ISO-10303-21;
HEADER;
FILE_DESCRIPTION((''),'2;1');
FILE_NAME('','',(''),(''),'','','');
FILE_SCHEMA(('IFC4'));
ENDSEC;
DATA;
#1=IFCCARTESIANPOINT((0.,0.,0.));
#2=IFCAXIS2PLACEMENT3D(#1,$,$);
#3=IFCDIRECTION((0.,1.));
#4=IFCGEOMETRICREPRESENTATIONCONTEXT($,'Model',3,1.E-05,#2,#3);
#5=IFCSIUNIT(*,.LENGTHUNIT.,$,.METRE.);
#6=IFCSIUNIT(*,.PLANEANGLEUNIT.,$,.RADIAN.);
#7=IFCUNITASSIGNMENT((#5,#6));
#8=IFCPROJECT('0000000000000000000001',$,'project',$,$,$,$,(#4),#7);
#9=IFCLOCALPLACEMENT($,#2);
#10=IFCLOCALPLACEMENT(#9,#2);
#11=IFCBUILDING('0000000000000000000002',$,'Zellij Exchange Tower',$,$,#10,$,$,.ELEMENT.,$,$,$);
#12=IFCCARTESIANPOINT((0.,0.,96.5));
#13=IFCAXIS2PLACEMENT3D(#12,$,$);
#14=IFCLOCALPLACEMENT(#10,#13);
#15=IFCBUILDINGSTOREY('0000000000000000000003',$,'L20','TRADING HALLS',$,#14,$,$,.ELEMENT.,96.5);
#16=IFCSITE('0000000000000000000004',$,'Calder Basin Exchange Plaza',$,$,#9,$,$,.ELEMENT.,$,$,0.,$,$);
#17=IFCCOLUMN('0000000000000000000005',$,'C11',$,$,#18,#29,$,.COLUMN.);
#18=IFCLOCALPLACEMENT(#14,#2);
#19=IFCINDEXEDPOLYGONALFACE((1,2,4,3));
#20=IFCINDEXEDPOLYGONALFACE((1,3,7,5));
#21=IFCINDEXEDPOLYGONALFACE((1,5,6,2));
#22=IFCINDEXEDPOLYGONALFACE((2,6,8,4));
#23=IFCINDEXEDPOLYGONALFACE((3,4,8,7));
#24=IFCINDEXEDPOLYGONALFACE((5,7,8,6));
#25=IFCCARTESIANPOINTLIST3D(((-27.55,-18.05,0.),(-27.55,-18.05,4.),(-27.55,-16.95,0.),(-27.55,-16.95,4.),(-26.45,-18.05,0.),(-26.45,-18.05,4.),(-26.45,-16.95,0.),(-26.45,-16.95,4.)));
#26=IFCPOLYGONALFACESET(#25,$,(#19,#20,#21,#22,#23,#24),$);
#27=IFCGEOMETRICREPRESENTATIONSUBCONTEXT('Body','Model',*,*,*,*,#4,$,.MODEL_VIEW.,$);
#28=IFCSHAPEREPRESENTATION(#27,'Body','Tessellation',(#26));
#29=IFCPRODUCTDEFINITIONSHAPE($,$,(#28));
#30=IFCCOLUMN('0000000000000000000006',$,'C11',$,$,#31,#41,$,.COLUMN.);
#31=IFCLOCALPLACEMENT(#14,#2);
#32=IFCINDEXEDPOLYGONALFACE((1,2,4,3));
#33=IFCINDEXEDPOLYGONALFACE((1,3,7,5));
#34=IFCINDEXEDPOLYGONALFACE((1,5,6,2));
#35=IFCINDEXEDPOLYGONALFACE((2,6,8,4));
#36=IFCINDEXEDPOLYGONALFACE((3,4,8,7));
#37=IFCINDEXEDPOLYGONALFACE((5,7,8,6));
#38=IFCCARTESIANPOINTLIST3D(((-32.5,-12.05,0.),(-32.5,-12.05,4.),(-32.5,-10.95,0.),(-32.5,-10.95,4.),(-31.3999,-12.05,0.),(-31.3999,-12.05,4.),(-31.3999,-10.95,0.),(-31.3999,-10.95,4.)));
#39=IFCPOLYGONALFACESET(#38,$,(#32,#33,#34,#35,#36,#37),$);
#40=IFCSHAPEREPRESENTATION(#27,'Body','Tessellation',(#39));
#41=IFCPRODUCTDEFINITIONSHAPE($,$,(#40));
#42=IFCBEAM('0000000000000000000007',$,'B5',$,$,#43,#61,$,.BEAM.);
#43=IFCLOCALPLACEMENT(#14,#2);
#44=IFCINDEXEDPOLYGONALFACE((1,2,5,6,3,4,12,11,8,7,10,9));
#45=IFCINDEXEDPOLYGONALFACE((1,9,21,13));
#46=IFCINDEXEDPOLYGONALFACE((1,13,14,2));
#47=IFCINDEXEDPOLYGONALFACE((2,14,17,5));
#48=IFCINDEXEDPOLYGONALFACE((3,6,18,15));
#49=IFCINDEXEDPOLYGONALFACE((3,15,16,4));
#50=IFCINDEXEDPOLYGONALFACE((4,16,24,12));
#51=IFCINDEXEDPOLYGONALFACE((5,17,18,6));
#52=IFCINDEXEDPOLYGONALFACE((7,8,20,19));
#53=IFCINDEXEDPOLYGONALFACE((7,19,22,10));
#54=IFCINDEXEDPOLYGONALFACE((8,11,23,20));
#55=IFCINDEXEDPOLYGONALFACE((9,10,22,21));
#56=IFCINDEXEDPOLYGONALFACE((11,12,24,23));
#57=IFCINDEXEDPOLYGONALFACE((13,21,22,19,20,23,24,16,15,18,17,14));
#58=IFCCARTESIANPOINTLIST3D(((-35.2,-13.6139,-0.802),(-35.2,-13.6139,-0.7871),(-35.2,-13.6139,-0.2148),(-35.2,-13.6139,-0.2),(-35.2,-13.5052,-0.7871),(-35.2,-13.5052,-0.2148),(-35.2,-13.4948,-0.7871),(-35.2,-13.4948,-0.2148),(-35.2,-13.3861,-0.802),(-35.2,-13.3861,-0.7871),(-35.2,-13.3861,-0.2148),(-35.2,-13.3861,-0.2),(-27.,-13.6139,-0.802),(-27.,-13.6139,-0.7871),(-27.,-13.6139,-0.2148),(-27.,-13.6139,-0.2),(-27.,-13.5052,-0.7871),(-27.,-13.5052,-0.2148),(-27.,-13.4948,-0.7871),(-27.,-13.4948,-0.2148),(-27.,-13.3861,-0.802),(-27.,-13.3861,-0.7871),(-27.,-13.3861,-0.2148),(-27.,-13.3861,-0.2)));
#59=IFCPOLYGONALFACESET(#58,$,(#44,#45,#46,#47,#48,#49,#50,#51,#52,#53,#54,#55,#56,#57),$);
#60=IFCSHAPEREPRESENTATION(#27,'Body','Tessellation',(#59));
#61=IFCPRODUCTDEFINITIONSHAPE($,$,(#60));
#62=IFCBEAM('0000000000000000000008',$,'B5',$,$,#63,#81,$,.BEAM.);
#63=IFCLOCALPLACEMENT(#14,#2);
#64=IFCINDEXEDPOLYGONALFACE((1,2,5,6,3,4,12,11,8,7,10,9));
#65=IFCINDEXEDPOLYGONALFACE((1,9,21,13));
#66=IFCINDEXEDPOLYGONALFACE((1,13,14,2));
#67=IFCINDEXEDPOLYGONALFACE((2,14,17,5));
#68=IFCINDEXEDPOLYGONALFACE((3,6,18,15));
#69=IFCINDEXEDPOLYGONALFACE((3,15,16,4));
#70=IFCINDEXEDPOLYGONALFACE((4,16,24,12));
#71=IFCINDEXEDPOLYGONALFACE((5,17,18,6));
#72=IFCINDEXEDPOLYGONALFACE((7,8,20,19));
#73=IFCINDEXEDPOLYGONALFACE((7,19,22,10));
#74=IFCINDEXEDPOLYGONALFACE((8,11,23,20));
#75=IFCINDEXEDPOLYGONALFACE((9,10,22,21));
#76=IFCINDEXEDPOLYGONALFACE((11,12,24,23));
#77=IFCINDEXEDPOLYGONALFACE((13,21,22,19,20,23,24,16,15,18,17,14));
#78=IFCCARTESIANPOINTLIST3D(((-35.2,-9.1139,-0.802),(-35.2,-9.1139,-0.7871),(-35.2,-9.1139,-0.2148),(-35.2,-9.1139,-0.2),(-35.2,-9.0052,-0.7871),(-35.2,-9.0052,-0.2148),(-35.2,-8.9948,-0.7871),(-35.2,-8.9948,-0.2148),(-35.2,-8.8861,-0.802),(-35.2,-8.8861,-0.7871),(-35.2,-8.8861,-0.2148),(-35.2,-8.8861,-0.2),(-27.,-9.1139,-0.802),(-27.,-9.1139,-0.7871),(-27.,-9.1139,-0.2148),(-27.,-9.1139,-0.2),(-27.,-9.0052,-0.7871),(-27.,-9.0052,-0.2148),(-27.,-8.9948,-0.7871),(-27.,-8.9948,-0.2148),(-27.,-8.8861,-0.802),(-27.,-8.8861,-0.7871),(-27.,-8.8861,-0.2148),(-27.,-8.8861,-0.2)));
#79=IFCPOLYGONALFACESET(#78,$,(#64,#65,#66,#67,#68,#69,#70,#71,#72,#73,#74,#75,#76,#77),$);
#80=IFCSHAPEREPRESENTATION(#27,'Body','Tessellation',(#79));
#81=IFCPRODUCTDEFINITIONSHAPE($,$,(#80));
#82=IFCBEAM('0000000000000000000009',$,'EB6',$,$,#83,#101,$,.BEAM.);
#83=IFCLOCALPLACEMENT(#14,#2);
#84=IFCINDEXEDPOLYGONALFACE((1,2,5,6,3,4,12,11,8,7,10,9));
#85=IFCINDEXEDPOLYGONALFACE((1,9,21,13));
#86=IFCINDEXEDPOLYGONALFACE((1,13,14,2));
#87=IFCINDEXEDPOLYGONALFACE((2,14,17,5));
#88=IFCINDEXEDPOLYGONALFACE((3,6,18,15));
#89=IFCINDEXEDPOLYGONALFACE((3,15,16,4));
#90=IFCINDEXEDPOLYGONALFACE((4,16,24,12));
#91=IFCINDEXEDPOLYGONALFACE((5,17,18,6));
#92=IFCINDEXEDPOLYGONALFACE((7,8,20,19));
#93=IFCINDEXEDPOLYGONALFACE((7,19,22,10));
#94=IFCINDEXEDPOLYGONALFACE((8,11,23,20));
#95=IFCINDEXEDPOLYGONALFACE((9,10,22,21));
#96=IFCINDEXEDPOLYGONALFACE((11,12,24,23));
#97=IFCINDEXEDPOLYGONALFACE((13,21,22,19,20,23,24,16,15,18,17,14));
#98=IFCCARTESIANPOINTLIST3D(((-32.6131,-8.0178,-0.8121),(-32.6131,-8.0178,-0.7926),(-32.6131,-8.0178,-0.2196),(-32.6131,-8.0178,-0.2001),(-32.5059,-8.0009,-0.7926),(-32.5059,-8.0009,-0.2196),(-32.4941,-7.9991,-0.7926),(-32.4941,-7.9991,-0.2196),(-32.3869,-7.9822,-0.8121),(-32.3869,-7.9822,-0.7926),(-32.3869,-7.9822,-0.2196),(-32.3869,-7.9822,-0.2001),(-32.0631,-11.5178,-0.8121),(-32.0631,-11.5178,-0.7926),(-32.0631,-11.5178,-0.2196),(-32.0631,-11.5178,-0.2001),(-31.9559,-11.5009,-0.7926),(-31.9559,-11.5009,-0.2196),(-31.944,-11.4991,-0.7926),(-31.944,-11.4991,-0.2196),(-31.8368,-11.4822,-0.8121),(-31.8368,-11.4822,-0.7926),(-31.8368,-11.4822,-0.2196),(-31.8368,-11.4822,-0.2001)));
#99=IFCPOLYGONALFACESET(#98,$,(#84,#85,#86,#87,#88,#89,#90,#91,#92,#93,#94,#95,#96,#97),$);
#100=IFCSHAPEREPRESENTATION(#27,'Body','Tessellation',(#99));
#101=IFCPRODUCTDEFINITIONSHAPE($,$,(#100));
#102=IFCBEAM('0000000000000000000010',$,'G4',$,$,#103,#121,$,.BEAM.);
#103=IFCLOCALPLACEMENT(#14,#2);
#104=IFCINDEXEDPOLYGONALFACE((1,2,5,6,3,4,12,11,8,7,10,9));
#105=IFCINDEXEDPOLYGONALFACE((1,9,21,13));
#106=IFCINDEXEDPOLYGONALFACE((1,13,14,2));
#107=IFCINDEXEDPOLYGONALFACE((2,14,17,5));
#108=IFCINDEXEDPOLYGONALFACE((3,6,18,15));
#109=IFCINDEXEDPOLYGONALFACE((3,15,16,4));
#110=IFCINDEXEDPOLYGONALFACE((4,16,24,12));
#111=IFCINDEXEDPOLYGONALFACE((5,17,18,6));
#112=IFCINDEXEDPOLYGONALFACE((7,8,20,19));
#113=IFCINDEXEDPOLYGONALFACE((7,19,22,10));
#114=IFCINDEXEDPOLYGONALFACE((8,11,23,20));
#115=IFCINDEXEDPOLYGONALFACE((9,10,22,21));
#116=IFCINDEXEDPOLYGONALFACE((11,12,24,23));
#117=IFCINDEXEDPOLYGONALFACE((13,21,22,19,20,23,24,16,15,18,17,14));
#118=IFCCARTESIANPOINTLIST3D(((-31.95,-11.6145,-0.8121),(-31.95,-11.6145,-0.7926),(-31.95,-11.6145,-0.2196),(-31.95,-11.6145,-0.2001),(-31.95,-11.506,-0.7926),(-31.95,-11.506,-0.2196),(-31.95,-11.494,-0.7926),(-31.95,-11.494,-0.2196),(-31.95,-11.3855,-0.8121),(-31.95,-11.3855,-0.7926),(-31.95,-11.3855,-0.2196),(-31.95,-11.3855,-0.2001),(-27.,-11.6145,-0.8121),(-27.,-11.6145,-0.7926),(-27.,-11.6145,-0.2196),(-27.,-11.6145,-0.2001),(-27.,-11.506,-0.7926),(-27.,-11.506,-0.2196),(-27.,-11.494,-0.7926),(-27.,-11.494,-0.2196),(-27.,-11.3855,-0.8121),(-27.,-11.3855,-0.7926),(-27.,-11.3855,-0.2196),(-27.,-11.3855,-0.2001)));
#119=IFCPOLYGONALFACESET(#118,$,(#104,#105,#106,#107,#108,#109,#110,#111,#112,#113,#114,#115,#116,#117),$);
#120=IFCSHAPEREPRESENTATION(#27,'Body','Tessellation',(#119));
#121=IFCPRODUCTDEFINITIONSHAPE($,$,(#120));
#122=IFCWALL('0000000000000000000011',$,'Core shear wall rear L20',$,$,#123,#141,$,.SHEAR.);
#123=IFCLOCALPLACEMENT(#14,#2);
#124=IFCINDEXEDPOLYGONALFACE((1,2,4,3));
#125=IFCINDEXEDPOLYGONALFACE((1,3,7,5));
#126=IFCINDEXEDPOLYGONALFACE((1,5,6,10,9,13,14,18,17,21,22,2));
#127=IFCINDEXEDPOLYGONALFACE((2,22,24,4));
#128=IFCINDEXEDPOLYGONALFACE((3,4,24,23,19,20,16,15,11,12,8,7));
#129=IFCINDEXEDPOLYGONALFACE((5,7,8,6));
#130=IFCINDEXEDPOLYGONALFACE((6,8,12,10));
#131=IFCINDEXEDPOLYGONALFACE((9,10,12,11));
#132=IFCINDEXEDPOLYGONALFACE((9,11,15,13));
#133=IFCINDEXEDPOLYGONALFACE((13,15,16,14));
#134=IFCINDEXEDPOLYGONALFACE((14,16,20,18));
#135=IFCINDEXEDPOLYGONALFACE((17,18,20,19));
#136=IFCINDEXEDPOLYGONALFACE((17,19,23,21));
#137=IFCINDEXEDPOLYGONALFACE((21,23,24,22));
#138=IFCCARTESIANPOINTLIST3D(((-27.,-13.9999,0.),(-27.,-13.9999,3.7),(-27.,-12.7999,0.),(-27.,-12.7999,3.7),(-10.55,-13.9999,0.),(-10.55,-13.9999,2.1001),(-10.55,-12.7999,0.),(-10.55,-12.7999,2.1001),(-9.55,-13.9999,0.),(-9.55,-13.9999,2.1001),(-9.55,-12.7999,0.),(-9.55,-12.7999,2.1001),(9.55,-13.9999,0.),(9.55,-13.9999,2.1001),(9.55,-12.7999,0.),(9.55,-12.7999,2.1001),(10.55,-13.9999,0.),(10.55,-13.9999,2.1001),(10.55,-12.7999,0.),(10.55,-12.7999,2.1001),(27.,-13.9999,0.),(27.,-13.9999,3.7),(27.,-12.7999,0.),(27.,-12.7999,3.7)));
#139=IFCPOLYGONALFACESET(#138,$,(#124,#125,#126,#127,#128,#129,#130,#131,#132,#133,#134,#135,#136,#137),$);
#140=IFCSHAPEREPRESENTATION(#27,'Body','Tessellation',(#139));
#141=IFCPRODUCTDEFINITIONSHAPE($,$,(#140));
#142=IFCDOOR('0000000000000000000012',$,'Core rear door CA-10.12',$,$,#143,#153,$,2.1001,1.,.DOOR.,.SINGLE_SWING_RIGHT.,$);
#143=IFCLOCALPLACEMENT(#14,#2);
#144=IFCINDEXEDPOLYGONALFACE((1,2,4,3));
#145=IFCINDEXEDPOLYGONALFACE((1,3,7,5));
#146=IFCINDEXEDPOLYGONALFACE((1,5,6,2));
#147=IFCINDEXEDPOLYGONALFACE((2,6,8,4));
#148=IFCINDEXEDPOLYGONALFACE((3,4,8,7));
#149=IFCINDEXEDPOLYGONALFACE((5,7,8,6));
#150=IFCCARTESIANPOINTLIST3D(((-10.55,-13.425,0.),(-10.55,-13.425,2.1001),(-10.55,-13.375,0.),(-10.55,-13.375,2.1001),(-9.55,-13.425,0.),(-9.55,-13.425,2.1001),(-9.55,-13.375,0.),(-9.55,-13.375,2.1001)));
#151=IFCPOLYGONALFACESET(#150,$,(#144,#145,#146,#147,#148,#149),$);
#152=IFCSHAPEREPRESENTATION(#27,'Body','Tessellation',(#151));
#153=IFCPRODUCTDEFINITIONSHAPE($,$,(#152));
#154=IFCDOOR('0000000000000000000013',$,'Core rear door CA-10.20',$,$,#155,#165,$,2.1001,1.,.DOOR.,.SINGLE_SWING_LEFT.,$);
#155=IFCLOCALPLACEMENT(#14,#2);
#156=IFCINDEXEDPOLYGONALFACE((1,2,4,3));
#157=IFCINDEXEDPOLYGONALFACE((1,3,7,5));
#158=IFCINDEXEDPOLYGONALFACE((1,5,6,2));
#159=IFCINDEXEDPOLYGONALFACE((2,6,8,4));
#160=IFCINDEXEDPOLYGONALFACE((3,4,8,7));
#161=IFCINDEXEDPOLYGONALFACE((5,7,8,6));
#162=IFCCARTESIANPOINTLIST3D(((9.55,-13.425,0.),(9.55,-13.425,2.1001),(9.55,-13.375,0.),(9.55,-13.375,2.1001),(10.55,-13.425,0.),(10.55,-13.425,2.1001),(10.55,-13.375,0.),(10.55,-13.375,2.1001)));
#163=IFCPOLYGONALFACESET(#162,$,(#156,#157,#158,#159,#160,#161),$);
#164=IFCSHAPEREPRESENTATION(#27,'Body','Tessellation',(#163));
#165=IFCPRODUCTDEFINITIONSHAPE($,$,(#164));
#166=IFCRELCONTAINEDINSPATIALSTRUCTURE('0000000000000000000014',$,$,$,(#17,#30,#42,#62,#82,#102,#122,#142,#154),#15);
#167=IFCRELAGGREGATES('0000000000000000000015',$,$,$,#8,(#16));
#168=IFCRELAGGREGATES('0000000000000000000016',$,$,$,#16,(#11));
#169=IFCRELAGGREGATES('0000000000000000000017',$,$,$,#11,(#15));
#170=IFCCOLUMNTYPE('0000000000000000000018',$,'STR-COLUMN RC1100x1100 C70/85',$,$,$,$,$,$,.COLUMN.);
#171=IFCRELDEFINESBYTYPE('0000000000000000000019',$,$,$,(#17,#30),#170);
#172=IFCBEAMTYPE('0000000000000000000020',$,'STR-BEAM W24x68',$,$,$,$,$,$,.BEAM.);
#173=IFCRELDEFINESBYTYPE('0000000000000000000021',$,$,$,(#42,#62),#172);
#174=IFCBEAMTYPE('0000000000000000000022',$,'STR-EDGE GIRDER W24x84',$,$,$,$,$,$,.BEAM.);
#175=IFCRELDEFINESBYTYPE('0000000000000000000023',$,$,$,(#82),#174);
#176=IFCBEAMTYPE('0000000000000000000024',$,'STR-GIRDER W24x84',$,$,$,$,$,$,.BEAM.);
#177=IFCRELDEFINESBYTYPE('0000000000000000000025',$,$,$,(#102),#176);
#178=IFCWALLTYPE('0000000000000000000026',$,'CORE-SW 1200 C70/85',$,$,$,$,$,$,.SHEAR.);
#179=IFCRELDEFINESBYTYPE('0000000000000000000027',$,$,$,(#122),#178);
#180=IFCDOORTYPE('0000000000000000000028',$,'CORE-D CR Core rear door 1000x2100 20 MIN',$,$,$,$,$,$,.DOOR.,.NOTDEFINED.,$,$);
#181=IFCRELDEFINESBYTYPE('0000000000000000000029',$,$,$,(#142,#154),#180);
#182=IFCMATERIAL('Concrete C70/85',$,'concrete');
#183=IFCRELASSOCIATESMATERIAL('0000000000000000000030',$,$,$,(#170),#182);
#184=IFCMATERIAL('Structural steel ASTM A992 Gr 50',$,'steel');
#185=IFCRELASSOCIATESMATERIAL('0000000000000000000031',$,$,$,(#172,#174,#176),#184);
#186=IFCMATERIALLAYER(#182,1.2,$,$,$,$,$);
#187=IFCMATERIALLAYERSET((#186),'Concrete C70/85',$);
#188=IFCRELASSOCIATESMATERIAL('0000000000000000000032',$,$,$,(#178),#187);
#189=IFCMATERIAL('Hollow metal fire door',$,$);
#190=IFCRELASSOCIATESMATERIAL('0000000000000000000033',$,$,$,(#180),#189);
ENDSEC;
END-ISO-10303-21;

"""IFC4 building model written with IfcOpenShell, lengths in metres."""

from ifc_helpers import new_model, si_unit, direction, frame, frame_2d, origin, origin_2d, place, context, subcontext, project, spatial, rectangle, i_section, extrude, material, layer, layer_set, material_profile, profile_set, type_object, element, fill, save


model = new_model("IFC4")

# Units and contexts
model_context = context("Model", 3, precision=1e-05, world=origin(), true_north=direction((0.0, 1.0)))
body_context = subcontext(model_context, "Body", "Model", "MODEL_VIEW")
ifc_project = project(units=[si_unit("LENGTHUNIT", "METRE"), si_unit("PLANEANGLEUNIT", "RADIAN")], contexts=[model_context])

# Site, building, storey
site_placement = place(None, origin())
site = spatial("IfcSite", under=ifc_project, at=site_placement, Name="Calder Basin Exchange Plaza", CompositionType="ELEMENT", RefElevation=0.0)
building_placement = place(site_placement, origin())
building = spatial("IfcBuilding", under=site, at=building_placement, Name="Zellij Exchange Tower", CompositionType="ELEMENT")
storey_placement = place(building_placement, frame((0.0, 0.0, 96.5)))
storey = spatial("IfcBuildingStorey", under=building, at=storey_placement, Name="L20", Description="TRADING HALLS", CompositionType="ELEMENT", Elevation=96.5)

# Columns
ifc_material_1 = material(Name="Concrete C70/85", Category="concrete")
ifc_material_profile_1 = material_profile(ifc_material_1, rectangle(XDim=1.1001, YDim=1.1001, at=origin_2d()), Name="STR-COLUMN RC1100x1100 C70/85")
ifc_profile_set_1 = profile_set([ifc_material_profile_1], Name="Concrete C70/85")
column_type = type_object("IfcColumnType", Name="STR-COLUMN RC1100x1100 C70/85", PredefinedType="COLUMN", material=ifc_profile_set_1)
for number, where, z_axis, x_axis, name in (
    (1, (-27.0, -17.5, 0.0), (0.0, 0.0, 1.0), (1.0, 0.0, 0.0), "C11"),
    (2, (-31.95, -11.5, 0.0), (0.0, 0.0, 1.0), (1.0, 0.0, 0.0), "C11"),
):
    element("IfcColumn", number, at=place(storey_placement, frame(where, z_axis=z_axis, x_axis=x_axis)), inside=storey, type_object=column_type, Name=name, PredefinedType="COLUMN", context=body_context, shape_type="SweptSolid", body=[
        extrude(rectangle(XDim=1.1001, YDim=1.1001, at=origin_2d()), origin(), (0.0, 0.0, 1.0), 4.0),
    ])

# Beams
ifc_material_2 = material(Name="Structural steel ASTM A992 Gr 50", Category="steel")
ifc_material_profile_2 = material_profile(ifc_material_2, i_section(OverallWidth=0.2278, OverallDepth=0.6021, WebThickness=0.0105, FlangeThickness=0.0149, at=origin_2d()), Name="W24x68")
ifc_profile_set_2 = profile_set([ifc_material_profile_2], Name="Structural steel ASTM A992 Gr 50")
beam_type_1 = type_object("IfcBeamType", Name="STR-BEAM W24x68", PredefinedType="BEAM", material=ifc_profile_set_2)
for number, where, z_axis, x_axis, name in (
    (3, (-35.2, -13.5, -0.501), (1.0, 0.0, 0.0), (0.0, 1.0, 0.0), "B5"),
    (4, (-35.2, -9.0, -0.501), (1.0, 0.0, 0.0), (0.0, 1.0, 0.0), "B5"),
):
    element("IfcBeam", number, at=place(storey_placement, frame(where, z_axis=z_axis, x_axis=x_axis)), inside=storey, type_object=beam_type_1, Name=name, PredefinedType="BEAM", context=body_context, shape_type="SweptSolid", body=[
        extrude(i_section(OverallWidth=0.2278, OverallDepth=0.6021, WebThickness=0.0105, FlangeThickness=0.0149, at=origin_2d()), origin(), (0.0, 0.0, 1.0), 8.2),
    ])
ifc_material_profile_3 = material_profile(ifc_material_2, i_section(OverallWidth=0.229, OverallDepth=0.6121, WebThickness=0.012, FlangeThickness=0.0195, at=origin_2d()), Name="W24x84")
ifc_profile_set_3 = profile_set([ifc_material_profile_3], Name="Structural steel ASTM A992 Gr 50")
beam_type_2 = type_object("IfcBeamType", Name="STR-EDGE GIRDER W24x84", PredefinedType="BEAM", material=ifc_profile_set_3)
beam_1_placement = place(storey_placement, frame((-31.95, -11.5, -0.5061), z_axis=(-0.155251, 0.987875, 0.0), x_axis=(-0.987875, -0.155251, 0.0)))
element("IfcBeam", 5, at=beam_1_placement, inside=storey, type_object=beam_type_2, Name="EB6", PredefinedType="BEAM", context=body_context, shape_type="SweptSolid", body=[
    extrude(i_section(OverallWidth=0.229, OverallDepth=0.6121, WebThickness=0.012, FlangeThickness=0.0195, at=origin_2d()), origin(), (0.0, 0.0, 1.0), 3.543),
])
ifc_material_profile_4 = material_profile(ifc_material_2, i_section(OverallWidth=0.229, OverallDepth=0.6121, WebThickness=0.012, FlangeThickness=0.0195, at=origin_2d()), Name="W24x84")
ifc_profile_set_4 = profile_set([ifc_material_profile_4], Name="Structural steel ASTM A992 Gr 50")
beam_type_3 = type_object("IfcBeamType", Name="STR-GIRDER W24x84", PredefinedType="BEAM", material=ifc_profile_set_4)
beam_2_placement = place(storey_placement, frame((-31.95, -11.5, -0.5061), z_axis=(1.0, 0.0, 0.0), x_axis=(0.0, 1.0, 0.0)))
element("IfcBeam", 6, at=beam_2_placement, inside=storey, type_object=beam_type_3, Name="G4", PredefinedType="BEAM", context=body_context, shape_type="SweptSolid", body=[
    extrude(i_section(OverallWidth=0.229, OverallDepth=0.6121, WebThickness=0.012, FlangeThickness=0.0195, at=origin_2d()), origin(), (0.0, 0.0, 1.0), 4.95),
])

# Wall, openings, doors
ifc_layer_1 = layer(ifc_material_1, 1.2)
ifc_layer_set_1 = layer_set([ifc_layer_1], Name="Concrete C70/85")
wall_type_1 = type_object("IfcWallType", Name="CORE-SW 1200 C70/85", PredefinedType="SHEAR", material=ifc_layer_set_1)
wall_1_placement = place(storey_placement, frame((-27.0, -13.3999, 0.0), z_axis=(0.0, 0.0, 1.0), x_axis=(1.0, 0.0, 0.0)))
wall_1 = element("IfcWall", 7, at=wall_1_placement, inside=storey, type_object=wall_type_1, Name="Core shear wall rear L20", PredefinedType="SHEAR", context=body_context, shape_type="SweptSolid", body=[
    extrude(rectangle(XDim=54.0, YDim=1.2, at=frame_2d((27.0, 0.0))), origin(), (0.0, 0.0, 1.0), 3.7),
])
opening_1_placement = place(wall_1_placement, frame((16.45, 0.0, 0.0)))
opening_1 = element("IfcOpeningElement", 8, at=opening_1_placement, cuts=wall_1, PredefinedType="OPENING", context=body_context, shape_type="SweptSolid", body=[
    extrude(rectangle(XDim=1.0, YDim=2.1001, at=frame_2d((0.5, 1.05))), frame((0.0, 0.6118, 0.0), z_axis=(0.0, -1.0, 0.0), x_axis=(1.0, 0.0, 0.0)), (0.0, 0.0, 1.0), 1.2239),
])
opening_2_placement = place(wall_1_placement, frame((36.55, 0.0, 0.0)))
opening_2 = element("IfcOpeningElement", 9, at=opening_2_placement, cuts=wall_1, PredefinedType="OPENING", context=body_context, shape_type="SweptSolid", body=[
    extrude(rectangle(XDim=1.0, YDim=2.1001, at=frame_2d((0.5, 1.05))), frame((0.0, 0.6118, 0.0), z_axis=(0.0, -1.0, 0.0), x_axis=(1.0, 0.0, 0.0)), (0.0, 0.0, 1.0), 1.2239),
])
ifc_material_3 = material(Name="Hollow metal fire door")
door_type_1 = type_object("IfcDoorType", Name="CORE-D CR Core rear door 1000x2100 20 MIN", OperationType="NOTDEFINED", PredefinedType="DOOR", material=ifc_material_3)
door_1_placement = place(opening_1_placement, origin())
door_1 = element("IfcDoor", 10, at=door_1_placement, inside=storey, type_object=door_type_1, Name="Core rear door CA-10.12", OperationType="SINGLE_SWING_RIGHT", OverallHeight=2.1001, OverallWidth=1.0, PredefinedType="DOOR", context=body_context, shape_type="SweptSolid", body=[
    extrude(rectangle(XDim=1.0, YDim=2.1001, at=frame_2d((0.5, 1.05))), frame((0.0, 0.0249, 0.0), z_axis=(0.0, -1.0, 0.0), x_axis=(1.0, 0.0, 0.0)), (0.0, 0.0, 1.0), 0.05),
])
fill(opening_1, door_1)
door_2_placement = place(opening_2_placement, origin())
door_2 = element("IfcDoor", 11, at=door_2_placement, inside=storey, type_object=door_type_1, Name="Core rear door CA-10.20", OperationType="SINGLE_SWING_LEFT", OverallHeight=2.1001, OverallWidth=1.0, PredefinedType="DOOR", context=body_context, shape_type="SweptSolid", body=[
    extrude(rectangle(XDim=1.0, YDim=2.1001, at=frame_2d((0.5, 1.05))), frame((0.0, 0.0249, 0.0), z_axis=(0.0, -1.0, 0.0), x_axis=(1.0, 0.0, 0.0)), (0.0, 0.0, 1.0), 0.05),
])
fill(opening_2, door_2)

save(model, "model.ifc")
